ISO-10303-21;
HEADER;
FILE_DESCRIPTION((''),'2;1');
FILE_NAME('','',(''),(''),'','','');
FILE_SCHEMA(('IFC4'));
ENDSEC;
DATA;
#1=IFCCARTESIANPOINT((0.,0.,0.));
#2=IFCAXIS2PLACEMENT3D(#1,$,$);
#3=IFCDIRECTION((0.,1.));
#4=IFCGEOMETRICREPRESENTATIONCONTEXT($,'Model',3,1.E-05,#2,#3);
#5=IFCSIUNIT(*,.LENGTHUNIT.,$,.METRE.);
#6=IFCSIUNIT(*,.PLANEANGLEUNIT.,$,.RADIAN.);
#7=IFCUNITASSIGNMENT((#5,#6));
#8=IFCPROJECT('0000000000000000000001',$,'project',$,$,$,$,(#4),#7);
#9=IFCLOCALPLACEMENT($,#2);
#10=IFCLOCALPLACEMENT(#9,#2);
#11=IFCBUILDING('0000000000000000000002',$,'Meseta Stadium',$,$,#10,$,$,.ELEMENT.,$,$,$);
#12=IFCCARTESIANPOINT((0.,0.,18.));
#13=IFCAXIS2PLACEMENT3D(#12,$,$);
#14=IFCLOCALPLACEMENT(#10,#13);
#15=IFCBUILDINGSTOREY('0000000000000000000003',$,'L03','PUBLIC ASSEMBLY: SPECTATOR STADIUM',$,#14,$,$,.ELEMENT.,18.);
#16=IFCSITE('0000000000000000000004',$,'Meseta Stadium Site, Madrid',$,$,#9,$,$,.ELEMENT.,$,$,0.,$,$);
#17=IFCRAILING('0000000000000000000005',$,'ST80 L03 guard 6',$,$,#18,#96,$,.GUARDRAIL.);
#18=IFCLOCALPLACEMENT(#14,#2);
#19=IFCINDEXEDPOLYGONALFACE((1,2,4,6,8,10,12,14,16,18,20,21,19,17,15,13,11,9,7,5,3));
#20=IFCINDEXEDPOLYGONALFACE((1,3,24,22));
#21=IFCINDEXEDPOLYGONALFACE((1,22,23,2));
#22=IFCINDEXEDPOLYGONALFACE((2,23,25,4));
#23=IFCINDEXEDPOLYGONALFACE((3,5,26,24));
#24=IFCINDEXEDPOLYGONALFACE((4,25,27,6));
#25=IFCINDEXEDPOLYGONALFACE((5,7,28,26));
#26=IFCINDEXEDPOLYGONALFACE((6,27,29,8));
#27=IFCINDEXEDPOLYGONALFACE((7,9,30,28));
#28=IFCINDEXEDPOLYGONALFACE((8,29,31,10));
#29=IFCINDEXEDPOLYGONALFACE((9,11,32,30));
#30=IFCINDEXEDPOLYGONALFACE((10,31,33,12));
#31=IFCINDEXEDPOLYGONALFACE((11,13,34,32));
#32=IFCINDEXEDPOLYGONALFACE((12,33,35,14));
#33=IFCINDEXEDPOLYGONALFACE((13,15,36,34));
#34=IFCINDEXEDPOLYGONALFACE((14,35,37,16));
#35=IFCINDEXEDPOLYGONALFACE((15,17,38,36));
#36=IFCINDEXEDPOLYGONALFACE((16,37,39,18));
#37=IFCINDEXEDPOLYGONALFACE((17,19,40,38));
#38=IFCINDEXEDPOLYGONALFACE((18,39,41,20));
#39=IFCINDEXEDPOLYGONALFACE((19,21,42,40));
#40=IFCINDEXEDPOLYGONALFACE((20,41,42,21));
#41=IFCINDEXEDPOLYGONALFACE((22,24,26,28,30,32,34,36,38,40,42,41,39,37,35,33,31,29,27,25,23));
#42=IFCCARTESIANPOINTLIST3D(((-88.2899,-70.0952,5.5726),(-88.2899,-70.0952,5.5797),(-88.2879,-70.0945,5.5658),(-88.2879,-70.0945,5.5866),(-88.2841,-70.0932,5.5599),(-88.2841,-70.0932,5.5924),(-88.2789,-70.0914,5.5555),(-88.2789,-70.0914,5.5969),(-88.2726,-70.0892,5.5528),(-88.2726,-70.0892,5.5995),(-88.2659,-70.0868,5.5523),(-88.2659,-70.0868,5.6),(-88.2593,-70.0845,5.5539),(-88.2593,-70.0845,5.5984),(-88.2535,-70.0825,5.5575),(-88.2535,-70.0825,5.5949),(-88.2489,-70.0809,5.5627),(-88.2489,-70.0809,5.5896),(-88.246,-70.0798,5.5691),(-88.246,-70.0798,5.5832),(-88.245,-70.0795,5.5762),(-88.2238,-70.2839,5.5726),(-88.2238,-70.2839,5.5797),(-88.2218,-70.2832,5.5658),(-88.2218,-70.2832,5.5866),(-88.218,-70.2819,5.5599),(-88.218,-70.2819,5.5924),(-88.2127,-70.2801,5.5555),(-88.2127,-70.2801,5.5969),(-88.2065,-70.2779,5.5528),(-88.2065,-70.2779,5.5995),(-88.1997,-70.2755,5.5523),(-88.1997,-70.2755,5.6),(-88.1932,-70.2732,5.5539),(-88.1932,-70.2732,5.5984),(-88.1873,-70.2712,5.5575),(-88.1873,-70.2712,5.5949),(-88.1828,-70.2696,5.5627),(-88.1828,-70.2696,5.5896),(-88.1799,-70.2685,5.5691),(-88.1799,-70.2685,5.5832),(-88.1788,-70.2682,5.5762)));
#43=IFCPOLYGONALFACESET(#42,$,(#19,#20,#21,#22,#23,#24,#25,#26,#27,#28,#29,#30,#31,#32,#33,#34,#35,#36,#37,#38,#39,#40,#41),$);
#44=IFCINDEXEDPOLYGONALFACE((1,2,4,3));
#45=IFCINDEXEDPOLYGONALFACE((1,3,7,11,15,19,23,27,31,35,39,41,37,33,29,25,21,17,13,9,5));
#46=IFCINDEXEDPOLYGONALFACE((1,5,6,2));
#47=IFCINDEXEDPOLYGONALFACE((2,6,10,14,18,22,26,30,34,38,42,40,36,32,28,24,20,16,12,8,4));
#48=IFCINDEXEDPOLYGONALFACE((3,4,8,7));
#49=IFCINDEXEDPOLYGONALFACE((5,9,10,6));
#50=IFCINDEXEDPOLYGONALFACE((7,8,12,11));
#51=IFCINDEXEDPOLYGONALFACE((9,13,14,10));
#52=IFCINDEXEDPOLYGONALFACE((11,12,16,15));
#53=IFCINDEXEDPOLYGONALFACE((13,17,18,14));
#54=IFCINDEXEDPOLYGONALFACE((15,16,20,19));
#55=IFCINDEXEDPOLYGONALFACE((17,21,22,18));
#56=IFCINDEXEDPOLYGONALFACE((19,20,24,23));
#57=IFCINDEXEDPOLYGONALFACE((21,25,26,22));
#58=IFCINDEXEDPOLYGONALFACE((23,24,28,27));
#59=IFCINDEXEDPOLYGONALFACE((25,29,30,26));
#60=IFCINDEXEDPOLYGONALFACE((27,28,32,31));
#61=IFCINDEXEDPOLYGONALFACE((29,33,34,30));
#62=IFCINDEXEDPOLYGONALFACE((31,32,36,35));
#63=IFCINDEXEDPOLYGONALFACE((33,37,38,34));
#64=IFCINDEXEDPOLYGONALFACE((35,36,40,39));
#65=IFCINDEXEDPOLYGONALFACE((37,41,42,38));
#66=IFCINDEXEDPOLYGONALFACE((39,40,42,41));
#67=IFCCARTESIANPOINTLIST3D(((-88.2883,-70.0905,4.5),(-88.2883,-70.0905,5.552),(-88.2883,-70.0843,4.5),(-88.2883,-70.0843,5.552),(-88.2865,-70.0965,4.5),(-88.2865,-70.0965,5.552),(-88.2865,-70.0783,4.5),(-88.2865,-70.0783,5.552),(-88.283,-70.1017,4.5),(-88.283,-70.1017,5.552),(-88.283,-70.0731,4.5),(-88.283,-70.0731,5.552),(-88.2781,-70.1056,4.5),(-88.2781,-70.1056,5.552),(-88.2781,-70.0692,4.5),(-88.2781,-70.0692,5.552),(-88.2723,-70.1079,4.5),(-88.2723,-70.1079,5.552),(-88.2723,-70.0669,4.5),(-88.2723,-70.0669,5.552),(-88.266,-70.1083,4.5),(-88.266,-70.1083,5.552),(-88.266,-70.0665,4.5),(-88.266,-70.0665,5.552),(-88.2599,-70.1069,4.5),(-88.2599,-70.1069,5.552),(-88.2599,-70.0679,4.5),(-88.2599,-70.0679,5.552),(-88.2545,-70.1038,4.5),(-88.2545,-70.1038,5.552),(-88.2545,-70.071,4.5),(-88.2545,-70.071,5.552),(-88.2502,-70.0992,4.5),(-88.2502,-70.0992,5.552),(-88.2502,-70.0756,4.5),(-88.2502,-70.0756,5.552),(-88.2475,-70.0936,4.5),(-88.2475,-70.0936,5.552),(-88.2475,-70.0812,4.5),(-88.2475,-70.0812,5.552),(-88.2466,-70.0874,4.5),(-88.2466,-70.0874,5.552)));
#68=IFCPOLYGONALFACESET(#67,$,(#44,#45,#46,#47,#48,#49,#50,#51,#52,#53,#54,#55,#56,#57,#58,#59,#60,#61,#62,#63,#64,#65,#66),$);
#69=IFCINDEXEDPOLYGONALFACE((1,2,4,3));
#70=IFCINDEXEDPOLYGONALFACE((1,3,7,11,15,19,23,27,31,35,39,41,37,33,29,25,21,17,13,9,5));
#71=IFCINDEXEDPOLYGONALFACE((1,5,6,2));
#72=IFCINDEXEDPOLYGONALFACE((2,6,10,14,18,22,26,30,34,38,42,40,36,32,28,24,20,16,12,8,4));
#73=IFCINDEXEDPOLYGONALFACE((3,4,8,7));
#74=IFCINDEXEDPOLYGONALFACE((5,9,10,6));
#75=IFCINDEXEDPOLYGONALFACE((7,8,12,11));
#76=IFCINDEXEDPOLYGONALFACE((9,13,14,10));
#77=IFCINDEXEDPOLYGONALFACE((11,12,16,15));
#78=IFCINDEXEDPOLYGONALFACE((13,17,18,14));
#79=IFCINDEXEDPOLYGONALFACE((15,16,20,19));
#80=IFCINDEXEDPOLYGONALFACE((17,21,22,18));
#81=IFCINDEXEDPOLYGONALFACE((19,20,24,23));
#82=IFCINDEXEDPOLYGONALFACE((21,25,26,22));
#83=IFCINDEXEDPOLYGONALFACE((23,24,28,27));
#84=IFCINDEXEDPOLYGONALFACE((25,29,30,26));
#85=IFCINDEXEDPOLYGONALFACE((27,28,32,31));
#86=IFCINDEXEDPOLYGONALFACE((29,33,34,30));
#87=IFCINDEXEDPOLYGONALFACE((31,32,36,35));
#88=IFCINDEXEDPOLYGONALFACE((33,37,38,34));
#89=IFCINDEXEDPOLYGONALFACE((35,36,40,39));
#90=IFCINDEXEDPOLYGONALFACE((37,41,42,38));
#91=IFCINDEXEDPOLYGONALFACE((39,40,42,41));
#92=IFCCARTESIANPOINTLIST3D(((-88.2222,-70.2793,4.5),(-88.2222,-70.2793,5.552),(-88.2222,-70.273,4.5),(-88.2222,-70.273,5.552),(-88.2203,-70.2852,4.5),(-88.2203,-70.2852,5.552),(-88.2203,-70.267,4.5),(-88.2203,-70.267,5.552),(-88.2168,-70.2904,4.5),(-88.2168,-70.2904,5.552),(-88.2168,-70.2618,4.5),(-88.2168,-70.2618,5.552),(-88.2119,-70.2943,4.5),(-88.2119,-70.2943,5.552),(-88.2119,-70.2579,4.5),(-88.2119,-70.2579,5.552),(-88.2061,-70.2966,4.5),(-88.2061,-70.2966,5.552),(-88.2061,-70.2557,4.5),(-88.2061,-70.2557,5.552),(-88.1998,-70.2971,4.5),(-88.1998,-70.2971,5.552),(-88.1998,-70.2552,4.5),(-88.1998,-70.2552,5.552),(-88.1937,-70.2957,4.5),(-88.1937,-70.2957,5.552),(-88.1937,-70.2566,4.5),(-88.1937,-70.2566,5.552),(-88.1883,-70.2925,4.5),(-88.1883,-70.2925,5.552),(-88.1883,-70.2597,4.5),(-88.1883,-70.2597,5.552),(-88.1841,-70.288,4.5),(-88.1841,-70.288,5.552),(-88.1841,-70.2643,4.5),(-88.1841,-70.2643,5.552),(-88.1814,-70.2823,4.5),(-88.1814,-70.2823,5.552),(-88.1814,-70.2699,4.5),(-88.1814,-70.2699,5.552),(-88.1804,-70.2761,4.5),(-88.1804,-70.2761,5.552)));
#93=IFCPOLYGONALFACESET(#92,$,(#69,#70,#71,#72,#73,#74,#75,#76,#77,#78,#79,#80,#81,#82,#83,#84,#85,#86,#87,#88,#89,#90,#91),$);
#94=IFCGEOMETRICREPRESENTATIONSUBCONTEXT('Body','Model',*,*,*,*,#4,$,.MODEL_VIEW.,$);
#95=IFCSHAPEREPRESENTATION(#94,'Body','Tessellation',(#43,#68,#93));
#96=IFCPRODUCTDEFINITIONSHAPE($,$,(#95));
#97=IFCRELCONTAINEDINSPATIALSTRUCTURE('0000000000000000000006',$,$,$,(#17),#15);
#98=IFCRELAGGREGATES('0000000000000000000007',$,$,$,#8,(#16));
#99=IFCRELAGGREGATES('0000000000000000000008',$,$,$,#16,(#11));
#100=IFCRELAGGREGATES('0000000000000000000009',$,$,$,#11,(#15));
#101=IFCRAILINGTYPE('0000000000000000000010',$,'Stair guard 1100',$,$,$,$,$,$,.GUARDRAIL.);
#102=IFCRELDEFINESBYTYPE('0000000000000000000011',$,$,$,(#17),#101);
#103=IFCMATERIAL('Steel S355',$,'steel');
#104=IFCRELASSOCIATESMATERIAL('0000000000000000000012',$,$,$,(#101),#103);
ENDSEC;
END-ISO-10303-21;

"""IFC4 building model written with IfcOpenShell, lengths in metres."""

from ifc_helpers import new_model, si_unit, direction, frame, origin, origin_2d, place, context, subcontext, project, spatial, circle, extrude, material, type_object, element, save


model = new_model("IFC4")

# Units and contexts
model_context = context("Model", 3, precision=1e-05, world=origin(), true_north=direction((0.0, 1.0)))
body_context = subcontext(model_context, "Body", "Model", "MODEL_VIEW")
ifc_project = project(units=[si_unit("LENGTHUNIT", "METRE"), si_unit("PLANEANGLEUNIT", "RADIAN")], contexts=[model_context])

# Site, building, storey
site_placement = place(None, origin())
site = spatial("IfcSite", under=ifc_project, at=site_placement, Name="Meseta Stadium Site, Madrid", CompositionType="ELEMENT", RefElevation=0.0)
building_placement = place(site_placement, origin())
building = spatial("IfcBuilding", under=site, at=building_placement, Name="Meseta Stadium", CompositionType="ELEMENT")
storey_placement = place(building_placement, frame((0.0, 0.0, 18.0)))
storey = spatial("IfcBuildingStorey", under=building, at=storey_placement, Name="L03", Description="PUBLIC ASSEMBLY: SPECTATOR STADIUM", CompositionType="ELEMENT", Elevation=18.0)

# Railing
ifc_material_1 = material(Name="Steel S355", Category="steel")
railing_type_1 = type_object("IfcRailingType", Name="Stair guard 1100", PredefinedType="GUARDRAIL", material=ifc_material_1)
railing_1_placement = place(storey_placement, frame((-88.2676, -70.0874, 4.5)))
element("IfcRailing", 1, at=railing_1_placement, inside=storey, type_object=railing_type_1, Name="ST80 L03 guard 6", PredefinedType="GUARDRAIL", context=body_context, shape_type="SweptSolid", body=[
    extrude(circle(Radius=0.0239, at=origin_2d()), frame((0.0, 0.0, 1.0762), z_axis=(0.33084, -0.943687, 0.0), x_axis=(0.943687, 0.33084, 0.0)), (0.0, 0.0, 1.0), 0.2),
    extrude(circle(Radius=0.021, at=origin_2d()), origin(), (0.0, 0.0, 1.0), 1.052),
    extrude(circle(Radius=0.021, at=origin_2d()), frame((0.0662, -0.1887, 0.0)), (0.0, 0.0, 1.0), 1.052),
])

save(model, "model.ifc")
